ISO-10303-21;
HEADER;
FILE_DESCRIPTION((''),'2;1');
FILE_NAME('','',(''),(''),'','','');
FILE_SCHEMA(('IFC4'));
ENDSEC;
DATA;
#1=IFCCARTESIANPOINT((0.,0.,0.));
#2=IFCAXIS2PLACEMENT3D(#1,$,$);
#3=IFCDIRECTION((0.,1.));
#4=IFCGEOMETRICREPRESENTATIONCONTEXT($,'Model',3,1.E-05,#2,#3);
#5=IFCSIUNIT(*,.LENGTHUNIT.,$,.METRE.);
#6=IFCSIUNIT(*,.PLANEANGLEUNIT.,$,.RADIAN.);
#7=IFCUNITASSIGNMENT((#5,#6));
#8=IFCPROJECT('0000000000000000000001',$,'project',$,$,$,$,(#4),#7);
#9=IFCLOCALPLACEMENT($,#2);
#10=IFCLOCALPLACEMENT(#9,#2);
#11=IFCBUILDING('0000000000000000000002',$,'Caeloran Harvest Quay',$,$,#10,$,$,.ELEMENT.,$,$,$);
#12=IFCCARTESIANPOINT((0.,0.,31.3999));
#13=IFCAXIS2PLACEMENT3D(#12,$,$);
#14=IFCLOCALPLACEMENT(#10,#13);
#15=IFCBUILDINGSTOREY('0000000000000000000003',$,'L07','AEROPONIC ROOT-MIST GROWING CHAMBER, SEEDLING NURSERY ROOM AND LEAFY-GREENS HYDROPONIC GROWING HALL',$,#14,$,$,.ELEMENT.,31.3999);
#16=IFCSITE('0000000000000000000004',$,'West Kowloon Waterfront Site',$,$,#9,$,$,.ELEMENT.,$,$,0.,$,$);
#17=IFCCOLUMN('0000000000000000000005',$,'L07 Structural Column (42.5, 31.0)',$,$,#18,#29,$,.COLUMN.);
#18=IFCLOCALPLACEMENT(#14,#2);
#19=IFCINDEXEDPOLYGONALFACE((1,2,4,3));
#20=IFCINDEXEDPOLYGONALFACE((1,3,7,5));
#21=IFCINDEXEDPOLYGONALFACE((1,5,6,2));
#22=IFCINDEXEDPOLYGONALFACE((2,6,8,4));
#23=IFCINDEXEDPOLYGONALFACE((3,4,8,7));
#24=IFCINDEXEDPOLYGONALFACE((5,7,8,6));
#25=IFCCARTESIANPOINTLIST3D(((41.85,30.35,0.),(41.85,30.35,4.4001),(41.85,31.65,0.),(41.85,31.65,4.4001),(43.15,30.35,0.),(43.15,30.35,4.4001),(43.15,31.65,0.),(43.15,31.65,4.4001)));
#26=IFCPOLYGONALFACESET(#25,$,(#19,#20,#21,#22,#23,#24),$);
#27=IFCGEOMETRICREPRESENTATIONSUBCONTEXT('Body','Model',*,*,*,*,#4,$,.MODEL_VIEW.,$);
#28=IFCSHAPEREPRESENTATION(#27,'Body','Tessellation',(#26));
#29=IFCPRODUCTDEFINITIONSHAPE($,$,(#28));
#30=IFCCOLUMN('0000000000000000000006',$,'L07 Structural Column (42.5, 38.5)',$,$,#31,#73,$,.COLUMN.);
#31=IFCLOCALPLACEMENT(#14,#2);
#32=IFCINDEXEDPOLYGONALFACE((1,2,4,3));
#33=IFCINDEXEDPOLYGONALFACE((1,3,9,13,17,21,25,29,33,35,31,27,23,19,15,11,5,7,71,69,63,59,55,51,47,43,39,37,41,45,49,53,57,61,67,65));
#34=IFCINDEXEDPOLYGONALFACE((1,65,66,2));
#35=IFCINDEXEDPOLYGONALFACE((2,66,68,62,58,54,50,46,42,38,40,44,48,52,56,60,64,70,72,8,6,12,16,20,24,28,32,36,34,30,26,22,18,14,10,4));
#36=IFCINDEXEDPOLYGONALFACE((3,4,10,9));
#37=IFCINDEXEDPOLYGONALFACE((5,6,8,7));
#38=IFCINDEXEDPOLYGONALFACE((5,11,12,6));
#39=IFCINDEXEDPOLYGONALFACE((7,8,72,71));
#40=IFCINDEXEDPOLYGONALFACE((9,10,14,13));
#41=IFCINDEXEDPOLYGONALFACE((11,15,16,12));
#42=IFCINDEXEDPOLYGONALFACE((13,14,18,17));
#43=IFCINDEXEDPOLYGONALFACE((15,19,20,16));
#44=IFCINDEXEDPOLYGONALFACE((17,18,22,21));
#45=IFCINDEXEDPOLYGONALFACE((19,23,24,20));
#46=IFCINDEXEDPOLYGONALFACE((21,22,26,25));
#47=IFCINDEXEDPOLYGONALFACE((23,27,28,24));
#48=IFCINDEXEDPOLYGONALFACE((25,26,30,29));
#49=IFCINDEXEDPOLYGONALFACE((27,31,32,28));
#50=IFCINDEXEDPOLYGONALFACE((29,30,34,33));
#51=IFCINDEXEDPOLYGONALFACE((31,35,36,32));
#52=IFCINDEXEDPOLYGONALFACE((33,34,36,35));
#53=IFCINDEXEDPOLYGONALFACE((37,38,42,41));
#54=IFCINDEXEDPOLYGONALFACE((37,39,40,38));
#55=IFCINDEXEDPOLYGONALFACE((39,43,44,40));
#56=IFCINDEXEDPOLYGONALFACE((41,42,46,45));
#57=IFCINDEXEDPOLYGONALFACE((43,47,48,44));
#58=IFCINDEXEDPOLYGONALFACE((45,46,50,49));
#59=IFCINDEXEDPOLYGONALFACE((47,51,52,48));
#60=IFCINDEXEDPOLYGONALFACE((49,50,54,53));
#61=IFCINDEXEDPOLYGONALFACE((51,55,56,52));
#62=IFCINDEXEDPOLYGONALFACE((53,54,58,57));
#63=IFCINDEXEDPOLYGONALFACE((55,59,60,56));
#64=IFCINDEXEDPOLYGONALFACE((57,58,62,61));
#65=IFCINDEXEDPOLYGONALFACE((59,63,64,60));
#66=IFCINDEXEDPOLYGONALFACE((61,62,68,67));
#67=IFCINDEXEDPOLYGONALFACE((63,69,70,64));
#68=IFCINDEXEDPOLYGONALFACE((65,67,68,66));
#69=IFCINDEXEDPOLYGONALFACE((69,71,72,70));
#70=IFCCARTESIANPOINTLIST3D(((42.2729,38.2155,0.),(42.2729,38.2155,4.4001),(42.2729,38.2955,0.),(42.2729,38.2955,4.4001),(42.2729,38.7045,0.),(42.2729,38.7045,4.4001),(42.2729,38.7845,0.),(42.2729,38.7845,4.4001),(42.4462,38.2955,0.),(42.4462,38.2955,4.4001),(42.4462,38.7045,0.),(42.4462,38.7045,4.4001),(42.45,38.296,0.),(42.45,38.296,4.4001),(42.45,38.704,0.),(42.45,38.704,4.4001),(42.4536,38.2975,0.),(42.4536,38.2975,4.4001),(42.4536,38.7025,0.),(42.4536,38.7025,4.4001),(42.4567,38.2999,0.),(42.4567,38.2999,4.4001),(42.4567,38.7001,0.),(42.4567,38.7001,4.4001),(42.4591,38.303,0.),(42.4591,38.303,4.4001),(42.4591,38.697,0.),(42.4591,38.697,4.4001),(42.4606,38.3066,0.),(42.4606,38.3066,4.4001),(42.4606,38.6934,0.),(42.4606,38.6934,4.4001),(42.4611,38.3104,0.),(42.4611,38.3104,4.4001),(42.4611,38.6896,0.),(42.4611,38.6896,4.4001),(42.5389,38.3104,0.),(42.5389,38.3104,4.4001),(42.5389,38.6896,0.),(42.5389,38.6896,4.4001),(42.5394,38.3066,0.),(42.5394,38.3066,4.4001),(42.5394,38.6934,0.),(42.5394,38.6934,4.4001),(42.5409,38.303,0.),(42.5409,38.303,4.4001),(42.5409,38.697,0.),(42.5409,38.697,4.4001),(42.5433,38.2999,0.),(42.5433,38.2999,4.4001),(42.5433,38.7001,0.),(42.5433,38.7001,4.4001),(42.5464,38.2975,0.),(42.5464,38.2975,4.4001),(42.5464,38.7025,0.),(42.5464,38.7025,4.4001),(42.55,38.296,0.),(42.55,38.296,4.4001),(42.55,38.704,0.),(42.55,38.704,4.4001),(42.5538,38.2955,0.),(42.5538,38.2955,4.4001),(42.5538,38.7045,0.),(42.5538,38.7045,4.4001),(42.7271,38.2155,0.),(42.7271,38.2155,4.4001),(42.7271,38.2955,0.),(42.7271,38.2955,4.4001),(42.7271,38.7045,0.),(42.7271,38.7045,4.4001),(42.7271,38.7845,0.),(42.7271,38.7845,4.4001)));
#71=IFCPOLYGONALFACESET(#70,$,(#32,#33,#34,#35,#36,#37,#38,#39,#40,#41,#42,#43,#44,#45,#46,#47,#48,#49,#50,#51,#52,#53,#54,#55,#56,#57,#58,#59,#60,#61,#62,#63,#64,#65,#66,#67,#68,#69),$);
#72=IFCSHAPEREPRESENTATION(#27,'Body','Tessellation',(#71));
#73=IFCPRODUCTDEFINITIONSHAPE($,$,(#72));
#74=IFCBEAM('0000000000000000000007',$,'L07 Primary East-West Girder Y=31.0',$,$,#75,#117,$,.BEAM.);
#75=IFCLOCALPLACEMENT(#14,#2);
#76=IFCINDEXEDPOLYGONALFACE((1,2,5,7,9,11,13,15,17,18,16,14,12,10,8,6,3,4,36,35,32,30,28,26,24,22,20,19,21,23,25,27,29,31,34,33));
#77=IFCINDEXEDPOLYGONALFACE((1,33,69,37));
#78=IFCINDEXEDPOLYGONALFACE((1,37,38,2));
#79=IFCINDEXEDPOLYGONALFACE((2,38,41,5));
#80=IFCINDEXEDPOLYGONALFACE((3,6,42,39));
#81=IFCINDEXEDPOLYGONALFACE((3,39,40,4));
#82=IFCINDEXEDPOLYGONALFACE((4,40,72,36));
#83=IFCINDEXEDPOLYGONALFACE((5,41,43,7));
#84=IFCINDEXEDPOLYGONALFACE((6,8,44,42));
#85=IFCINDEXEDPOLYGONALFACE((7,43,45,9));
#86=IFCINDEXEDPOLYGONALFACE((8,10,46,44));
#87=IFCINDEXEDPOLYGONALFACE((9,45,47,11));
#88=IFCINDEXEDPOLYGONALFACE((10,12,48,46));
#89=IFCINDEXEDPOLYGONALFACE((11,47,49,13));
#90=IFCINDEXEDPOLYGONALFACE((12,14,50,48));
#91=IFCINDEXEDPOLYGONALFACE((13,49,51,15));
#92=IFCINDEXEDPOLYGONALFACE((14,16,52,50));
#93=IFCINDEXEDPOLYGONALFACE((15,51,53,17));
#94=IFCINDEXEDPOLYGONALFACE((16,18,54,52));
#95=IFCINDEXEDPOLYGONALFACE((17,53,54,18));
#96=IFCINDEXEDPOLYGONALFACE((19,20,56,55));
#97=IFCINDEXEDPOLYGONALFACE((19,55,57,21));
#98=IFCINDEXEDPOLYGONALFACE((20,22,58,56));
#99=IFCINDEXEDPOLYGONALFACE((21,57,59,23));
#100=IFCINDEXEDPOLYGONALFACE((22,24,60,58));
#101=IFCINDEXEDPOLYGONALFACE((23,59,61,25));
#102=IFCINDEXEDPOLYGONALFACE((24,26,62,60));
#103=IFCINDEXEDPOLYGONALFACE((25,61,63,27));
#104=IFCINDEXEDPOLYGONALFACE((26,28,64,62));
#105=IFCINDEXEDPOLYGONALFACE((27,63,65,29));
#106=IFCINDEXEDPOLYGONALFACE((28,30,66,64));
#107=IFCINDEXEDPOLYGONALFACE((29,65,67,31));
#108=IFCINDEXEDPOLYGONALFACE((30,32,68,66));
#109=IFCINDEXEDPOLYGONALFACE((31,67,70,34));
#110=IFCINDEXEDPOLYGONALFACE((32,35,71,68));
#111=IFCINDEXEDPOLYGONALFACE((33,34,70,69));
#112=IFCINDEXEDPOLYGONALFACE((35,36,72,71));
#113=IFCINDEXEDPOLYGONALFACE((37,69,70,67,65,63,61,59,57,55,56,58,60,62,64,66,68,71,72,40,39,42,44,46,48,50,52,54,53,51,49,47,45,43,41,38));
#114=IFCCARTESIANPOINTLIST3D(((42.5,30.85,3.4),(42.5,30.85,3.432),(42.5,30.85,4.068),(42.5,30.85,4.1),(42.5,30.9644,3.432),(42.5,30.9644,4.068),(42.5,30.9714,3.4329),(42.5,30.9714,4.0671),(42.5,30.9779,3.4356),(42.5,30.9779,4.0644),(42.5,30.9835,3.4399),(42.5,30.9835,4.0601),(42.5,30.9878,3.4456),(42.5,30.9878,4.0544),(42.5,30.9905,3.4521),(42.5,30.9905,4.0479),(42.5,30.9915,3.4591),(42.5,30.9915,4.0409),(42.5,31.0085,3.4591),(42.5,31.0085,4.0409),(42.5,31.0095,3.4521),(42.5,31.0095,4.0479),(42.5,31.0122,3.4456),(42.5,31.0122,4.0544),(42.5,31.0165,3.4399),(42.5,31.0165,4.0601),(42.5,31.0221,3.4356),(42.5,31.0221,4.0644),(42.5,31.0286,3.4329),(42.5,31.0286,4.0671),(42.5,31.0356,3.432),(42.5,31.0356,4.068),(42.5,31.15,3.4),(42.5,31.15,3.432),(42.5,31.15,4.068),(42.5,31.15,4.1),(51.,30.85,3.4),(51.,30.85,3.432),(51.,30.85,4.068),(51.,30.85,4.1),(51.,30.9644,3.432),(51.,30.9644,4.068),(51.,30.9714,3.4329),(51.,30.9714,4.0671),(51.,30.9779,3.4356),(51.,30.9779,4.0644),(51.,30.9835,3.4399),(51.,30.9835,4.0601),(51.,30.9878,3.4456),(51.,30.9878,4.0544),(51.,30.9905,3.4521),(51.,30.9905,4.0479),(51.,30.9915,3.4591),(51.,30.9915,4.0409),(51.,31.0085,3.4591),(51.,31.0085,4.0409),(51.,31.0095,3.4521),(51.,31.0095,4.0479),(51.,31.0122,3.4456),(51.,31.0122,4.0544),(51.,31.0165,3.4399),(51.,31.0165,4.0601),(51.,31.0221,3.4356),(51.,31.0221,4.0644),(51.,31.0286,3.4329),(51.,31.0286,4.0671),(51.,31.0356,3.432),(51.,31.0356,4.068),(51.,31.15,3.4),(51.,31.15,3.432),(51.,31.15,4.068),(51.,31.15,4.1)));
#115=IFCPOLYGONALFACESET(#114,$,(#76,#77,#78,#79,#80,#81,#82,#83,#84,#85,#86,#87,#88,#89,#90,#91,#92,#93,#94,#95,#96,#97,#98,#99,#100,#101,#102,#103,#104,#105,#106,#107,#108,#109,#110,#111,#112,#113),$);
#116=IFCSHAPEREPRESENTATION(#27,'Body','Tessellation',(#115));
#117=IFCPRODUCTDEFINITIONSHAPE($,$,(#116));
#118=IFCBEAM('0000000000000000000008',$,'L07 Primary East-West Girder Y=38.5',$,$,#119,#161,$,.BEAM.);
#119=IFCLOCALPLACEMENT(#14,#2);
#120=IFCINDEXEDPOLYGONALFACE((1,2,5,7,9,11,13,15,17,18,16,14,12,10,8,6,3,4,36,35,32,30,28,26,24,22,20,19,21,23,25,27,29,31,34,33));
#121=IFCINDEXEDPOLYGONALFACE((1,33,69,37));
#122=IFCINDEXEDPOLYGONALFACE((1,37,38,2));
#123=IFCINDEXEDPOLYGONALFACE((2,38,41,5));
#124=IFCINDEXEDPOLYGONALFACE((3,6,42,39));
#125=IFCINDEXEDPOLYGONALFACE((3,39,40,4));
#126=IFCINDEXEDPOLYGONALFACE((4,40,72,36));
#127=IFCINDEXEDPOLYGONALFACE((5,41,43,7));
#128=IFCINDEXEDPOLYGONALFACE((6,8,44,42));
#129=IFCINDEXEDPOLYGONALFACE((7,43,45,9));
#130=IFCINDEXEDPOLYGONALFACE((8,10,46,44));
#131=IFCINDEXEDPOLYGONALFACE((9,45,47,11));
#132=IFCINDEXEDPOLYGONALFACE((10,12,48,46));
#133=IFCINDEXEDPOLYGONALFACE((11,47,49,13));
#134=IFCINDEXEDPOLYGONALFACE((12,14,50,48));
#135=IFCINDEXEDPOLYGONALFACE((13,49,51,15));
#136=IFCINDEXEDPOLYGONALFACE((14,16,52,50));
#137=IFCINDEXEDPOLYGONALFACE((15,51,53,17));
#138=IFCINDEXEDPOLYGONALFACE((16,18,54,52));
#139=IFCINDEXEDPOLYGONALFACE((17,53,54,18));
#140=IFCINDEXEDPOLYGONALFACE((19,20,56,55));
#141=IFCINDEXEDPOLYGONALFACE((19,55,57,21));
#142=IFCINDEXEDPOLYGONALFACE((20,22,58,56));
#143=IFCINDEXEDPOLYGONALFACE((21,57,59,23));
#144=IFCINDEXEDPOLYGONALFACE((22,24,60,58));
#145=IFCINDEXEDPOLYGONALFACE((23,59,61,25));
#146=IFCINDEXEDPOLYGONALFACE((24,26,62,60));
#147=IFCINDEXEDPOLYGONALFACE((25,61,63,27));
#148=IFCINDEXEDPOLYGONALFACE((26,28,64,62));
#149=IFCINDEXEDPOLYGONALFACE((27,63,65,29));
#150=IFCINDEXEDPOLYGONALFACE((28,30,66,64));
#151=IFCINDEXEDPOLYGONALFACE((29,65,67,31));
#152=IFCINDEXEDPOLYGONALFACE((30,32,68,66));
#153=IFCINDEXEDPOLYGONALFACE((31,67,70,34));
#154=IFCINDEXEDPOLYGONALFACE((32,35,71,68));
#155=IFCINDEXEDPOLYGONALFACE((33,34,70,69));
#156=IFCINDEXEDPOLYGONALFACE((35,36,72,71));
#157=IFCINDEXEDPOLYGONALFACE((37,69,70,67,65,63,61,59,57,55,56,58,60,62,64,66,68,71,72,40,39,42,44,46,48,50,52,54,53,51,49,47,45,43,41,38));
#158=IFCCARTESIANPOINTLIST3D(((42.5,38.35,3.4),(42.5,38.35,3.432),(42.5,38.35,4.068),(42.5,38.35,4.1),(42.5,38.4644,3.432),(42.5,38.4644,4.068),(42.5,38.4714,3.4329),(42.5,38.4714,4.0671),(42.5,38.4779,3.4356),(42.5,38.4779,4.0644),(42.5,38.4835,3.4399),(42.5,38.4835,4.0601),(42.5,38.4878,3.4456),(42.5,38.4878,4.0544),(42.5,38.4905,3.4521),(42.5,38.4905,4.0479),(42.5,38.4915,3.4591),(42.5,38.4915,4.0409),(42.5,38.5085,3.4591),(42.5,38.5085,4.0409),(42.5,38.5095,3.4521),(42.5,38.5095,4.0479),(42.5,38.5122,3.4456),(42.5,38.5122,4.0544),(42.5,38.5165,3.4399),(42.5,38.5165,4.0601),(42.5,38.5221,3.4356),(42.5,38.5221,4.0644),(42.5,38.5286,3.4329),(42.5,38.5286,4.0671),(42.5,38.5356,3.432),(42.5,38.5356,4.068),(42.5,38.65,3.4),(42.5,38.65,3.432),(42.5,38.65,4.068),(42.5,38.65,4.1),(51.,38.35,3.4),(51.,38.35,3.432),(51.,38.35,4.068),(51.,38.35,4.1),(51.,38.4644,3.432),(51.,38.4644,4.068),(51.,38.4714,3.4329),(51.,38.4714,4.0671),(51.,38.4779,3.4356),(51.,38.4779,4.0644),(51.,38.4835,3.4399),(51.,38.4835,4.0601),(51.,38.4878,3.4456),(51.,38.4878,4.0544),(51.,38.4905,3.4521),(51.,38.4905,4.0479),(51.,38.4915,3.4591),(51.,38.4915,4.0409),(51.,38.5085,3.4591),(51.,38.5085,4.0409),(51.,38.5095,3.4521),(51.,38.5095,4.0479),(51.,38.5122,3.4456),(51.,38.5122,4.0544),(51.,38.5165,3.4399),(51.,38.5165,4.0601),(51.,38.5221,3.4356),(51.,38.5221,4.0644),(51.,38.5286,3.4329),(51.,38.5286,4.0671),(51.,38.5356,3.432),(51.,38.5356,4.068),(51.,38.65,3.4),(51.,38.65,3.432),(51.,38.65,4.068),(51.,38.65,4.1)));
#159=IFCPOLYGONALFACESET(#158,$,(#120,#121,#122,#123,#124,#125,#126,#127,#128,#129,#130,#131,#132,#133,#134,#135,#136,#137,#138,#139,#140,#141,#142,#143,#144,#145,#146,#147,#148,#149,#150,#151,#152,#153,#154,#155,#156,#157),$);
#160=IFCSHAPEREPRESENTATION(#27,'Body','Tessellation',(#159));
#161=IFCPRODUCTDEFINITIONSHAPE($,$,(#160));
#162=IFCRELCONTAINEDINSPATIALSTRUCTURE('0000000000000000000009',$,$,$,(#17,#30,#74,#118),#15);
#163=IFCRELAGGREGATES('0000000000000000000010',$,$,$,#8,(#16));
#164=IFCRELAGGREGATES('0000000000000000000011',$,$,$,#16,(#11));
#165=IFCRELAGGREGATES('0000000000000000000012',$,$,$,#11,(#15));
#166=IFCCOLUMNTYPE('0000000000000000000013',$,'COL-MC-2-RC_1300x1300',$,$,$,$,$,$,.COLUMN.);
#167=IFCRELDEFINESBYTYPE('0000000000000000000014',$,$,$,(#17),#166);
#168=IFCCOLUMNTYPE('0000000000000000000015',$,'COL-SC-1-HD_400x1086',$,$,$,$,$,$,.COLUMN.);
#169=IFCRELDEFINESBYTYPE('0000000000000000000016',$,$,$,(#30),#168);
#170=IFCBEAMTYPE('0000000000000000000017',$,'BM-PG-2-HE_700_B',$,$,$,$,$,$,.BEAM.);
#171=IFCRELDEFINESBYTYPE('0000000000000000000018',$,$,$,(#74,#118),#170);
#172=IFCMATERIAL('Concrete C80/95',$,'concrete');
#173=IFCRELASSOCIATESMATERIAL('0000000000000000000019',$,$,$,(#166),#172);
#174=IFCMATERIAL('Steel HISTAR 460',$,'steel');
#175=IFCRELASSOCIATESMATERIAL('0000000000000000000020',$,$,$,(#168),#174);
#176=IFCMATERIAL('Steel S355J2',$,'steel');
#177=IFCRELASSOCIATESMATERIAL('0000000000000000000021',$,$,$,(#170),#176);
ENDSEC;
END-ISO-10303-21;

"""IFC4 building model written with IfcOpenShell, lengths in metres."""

from ifc_helpers import new_model, si_unit, direction, frame, origin, origin_2d, place, context, subcontext, project, spatial, rectangle, i_section, extrude, material, material_profile, profile_set, type_object, element, save


model = new_model("IFC4")

# Units and contexts
model_context = context("Model", 3, precision=1e-05, world=origin(), true_north=direction((0.0, 1.0)))
body_context = subcontext(model_context, "Body", "Model", "MODEL_VIEW")
ifc_project = project(units=[si_unit("LENGTHUNIT", "METRE"), si_unit("PLANEANGLEUNIT", "RADIAN")], contexts=[model_context])

# Site, building, storey
site_placement = place(None, origin())
site = spatial("IfcSite", under=ifc_project, at=site_placement, Name="West Kowloon Waterfront Site", CompositionType="ELEMENT", RefElevation=0.0)
building_placement = place(site_placement, origin())
building = spatial("IfcBuilding", under=site, at=building_placement, Name="Caeloran Harvest Quay", CompositionType="ELEMENT")
storey_placement = place(building_placement, frame((0.0, 0.0, 31.3999)))
storey = spatial("IfcBuildingStorey", under=building, at=storey_placement, Name="L07", Description="AEROPONIC ROOT-MIST GROWING CHAMBER, SEEDLING NURSERY ROOM AND LEAFY-GREENS HYDROPONIC GROWING HALL", CompositionType="ELEMENT", Elevation=31.3999)

# Columns
ifc_material_1 = material(Name="Concrete C80/95", Category="concrete")
ifc_material_profile_1 = material_profile(ifc_material_1, rectangle(XDim=1.3, YDim=1.3, at=origin_2d()), Name="RC 1300x1300")
ifc_profile_set_1 = profile_set([ifc_material_profile_1], Name="Concrete C80/95")
column_type_1 = type_object("IfcColumnType", Name="COL-MC-2-RC_1300x1300", PredefinedType="COLUMN", material=ifc_profile_set_1)
column_1_placement = place(storey_placement, frame((42.5, 31.0, 0.0), z_axis=(0.0, 0.0, 1.0), x_axis=(1.0, 0.0, 0.0)))
element("IfcColumn", 1, at=column_1_placement, inside=storey, type_object=column_type_1, Name="L07 Structural Column (42.5, 31.0)", PredefinedType="COLUMN", context=body_context, shape_type="SweptSolid", body=[
    extrude(rectangle(XDim=1.3, YDim=1.3, at=origin_2d()), origin(), (0.0, 0.0, 1.0), 4.4001),
])
ifc_material_2 = material(Name="Steel HISTAR 460", Category="steel")
ifc_material_profile_2 = material_profile(ifc_material_2, i_section(OverallWidth=0.4541, OverallDepth=0.5691, WebThickness=0.0779, FlangeThickness=0.0801, FilletRadius=0.0149, at=origin_2d()), Name="HD 400x1086")
ifc_profile_set_2 = profile_set([ifc_material_profile_2], Name="Steel HISTAR 460")
column_type_2 = type_object("IfcColumnType", Name="COL-SC-1-HD_400x1086", PredefinedType="COLUMN", material=ifc_profile_set_2)
column_2_placement = place(storey_placement, frame((42.5, 38.5, 0.0), z_axis=(0.0, 0.0, 1.0), x_axis=(1.0, 0.0, 0.0)))
element("IfcColumn", 2, at=column_2_placement, inside=storey, type_object=column_type_2, Name="L07 Structural Column (42.5, 38.5)", PredefinedType="COLUMN", context=body_context, shape_type="SweptSolid", body=[
    extrude(i_section(OverallWidth=0.4541, OverallDepth=0.5691, WebThickness=0.0779, FlangeThickness=0.0801, FilletRadius=0.0149, at=origin_2d()), origin(), (0.0, 0.0, 1.0), 4.4001),
])

# Beams
ifc_material_3 = material(Name="Steel S355J2", Category="steel")
ifc_material_profile_3 = material_profile(ifc_material_3, i_section(OverallWidth=0.3, OverallDepth=0.7, WebThickness=0.0171, FlangeThickness=0.032, FilletRadius=0.0271, at=origin_2d()), Name="HE 700 B")
ifc_profile_set_3 = profile_set([ifc_material_profile_3], Name="Steel S355J2")
beam_type_1 = type_object("IfcBeamType", Name="BM-PG-2-HE_700_B", PredefinedType="BEAM", material=ifc_profile_set_3)
for number, where, z_axis, x_axis, name in (
    (3, (42.5, 31.0, 3.75), (1.0, 0.0, 0.0), (0.0, 1.0, 0.0), "L07 Primary East-West Girder Y=31.0"),
    (4, (42.5, 38.5, 3.75), (1.0, 0.0, 0.0), (0.0, 1.0, 0.0), "L07 Primary East-West Girder Y=38.5"),
):
    element("IfcBeam", number, at=place(storey_placement, frame(where, z_axis=z_axis, x_axis=x_axis)), inside=storey, type_object=beam_type_1, Name=name, PredefinedType="BEAM", context=body_context, shape_type="SweptSolid", body=[
        extrude(i_section(OverallWidth=0.3, OverallDepth=0.7, WebThickness=0.0171, FlangeThickness=0.032, FilletRadius=0.0271, at=origin_2d()), origin(), (0.0, 0.0, 1.0), 8.5),
    ])

save(model, "model.ifc")
